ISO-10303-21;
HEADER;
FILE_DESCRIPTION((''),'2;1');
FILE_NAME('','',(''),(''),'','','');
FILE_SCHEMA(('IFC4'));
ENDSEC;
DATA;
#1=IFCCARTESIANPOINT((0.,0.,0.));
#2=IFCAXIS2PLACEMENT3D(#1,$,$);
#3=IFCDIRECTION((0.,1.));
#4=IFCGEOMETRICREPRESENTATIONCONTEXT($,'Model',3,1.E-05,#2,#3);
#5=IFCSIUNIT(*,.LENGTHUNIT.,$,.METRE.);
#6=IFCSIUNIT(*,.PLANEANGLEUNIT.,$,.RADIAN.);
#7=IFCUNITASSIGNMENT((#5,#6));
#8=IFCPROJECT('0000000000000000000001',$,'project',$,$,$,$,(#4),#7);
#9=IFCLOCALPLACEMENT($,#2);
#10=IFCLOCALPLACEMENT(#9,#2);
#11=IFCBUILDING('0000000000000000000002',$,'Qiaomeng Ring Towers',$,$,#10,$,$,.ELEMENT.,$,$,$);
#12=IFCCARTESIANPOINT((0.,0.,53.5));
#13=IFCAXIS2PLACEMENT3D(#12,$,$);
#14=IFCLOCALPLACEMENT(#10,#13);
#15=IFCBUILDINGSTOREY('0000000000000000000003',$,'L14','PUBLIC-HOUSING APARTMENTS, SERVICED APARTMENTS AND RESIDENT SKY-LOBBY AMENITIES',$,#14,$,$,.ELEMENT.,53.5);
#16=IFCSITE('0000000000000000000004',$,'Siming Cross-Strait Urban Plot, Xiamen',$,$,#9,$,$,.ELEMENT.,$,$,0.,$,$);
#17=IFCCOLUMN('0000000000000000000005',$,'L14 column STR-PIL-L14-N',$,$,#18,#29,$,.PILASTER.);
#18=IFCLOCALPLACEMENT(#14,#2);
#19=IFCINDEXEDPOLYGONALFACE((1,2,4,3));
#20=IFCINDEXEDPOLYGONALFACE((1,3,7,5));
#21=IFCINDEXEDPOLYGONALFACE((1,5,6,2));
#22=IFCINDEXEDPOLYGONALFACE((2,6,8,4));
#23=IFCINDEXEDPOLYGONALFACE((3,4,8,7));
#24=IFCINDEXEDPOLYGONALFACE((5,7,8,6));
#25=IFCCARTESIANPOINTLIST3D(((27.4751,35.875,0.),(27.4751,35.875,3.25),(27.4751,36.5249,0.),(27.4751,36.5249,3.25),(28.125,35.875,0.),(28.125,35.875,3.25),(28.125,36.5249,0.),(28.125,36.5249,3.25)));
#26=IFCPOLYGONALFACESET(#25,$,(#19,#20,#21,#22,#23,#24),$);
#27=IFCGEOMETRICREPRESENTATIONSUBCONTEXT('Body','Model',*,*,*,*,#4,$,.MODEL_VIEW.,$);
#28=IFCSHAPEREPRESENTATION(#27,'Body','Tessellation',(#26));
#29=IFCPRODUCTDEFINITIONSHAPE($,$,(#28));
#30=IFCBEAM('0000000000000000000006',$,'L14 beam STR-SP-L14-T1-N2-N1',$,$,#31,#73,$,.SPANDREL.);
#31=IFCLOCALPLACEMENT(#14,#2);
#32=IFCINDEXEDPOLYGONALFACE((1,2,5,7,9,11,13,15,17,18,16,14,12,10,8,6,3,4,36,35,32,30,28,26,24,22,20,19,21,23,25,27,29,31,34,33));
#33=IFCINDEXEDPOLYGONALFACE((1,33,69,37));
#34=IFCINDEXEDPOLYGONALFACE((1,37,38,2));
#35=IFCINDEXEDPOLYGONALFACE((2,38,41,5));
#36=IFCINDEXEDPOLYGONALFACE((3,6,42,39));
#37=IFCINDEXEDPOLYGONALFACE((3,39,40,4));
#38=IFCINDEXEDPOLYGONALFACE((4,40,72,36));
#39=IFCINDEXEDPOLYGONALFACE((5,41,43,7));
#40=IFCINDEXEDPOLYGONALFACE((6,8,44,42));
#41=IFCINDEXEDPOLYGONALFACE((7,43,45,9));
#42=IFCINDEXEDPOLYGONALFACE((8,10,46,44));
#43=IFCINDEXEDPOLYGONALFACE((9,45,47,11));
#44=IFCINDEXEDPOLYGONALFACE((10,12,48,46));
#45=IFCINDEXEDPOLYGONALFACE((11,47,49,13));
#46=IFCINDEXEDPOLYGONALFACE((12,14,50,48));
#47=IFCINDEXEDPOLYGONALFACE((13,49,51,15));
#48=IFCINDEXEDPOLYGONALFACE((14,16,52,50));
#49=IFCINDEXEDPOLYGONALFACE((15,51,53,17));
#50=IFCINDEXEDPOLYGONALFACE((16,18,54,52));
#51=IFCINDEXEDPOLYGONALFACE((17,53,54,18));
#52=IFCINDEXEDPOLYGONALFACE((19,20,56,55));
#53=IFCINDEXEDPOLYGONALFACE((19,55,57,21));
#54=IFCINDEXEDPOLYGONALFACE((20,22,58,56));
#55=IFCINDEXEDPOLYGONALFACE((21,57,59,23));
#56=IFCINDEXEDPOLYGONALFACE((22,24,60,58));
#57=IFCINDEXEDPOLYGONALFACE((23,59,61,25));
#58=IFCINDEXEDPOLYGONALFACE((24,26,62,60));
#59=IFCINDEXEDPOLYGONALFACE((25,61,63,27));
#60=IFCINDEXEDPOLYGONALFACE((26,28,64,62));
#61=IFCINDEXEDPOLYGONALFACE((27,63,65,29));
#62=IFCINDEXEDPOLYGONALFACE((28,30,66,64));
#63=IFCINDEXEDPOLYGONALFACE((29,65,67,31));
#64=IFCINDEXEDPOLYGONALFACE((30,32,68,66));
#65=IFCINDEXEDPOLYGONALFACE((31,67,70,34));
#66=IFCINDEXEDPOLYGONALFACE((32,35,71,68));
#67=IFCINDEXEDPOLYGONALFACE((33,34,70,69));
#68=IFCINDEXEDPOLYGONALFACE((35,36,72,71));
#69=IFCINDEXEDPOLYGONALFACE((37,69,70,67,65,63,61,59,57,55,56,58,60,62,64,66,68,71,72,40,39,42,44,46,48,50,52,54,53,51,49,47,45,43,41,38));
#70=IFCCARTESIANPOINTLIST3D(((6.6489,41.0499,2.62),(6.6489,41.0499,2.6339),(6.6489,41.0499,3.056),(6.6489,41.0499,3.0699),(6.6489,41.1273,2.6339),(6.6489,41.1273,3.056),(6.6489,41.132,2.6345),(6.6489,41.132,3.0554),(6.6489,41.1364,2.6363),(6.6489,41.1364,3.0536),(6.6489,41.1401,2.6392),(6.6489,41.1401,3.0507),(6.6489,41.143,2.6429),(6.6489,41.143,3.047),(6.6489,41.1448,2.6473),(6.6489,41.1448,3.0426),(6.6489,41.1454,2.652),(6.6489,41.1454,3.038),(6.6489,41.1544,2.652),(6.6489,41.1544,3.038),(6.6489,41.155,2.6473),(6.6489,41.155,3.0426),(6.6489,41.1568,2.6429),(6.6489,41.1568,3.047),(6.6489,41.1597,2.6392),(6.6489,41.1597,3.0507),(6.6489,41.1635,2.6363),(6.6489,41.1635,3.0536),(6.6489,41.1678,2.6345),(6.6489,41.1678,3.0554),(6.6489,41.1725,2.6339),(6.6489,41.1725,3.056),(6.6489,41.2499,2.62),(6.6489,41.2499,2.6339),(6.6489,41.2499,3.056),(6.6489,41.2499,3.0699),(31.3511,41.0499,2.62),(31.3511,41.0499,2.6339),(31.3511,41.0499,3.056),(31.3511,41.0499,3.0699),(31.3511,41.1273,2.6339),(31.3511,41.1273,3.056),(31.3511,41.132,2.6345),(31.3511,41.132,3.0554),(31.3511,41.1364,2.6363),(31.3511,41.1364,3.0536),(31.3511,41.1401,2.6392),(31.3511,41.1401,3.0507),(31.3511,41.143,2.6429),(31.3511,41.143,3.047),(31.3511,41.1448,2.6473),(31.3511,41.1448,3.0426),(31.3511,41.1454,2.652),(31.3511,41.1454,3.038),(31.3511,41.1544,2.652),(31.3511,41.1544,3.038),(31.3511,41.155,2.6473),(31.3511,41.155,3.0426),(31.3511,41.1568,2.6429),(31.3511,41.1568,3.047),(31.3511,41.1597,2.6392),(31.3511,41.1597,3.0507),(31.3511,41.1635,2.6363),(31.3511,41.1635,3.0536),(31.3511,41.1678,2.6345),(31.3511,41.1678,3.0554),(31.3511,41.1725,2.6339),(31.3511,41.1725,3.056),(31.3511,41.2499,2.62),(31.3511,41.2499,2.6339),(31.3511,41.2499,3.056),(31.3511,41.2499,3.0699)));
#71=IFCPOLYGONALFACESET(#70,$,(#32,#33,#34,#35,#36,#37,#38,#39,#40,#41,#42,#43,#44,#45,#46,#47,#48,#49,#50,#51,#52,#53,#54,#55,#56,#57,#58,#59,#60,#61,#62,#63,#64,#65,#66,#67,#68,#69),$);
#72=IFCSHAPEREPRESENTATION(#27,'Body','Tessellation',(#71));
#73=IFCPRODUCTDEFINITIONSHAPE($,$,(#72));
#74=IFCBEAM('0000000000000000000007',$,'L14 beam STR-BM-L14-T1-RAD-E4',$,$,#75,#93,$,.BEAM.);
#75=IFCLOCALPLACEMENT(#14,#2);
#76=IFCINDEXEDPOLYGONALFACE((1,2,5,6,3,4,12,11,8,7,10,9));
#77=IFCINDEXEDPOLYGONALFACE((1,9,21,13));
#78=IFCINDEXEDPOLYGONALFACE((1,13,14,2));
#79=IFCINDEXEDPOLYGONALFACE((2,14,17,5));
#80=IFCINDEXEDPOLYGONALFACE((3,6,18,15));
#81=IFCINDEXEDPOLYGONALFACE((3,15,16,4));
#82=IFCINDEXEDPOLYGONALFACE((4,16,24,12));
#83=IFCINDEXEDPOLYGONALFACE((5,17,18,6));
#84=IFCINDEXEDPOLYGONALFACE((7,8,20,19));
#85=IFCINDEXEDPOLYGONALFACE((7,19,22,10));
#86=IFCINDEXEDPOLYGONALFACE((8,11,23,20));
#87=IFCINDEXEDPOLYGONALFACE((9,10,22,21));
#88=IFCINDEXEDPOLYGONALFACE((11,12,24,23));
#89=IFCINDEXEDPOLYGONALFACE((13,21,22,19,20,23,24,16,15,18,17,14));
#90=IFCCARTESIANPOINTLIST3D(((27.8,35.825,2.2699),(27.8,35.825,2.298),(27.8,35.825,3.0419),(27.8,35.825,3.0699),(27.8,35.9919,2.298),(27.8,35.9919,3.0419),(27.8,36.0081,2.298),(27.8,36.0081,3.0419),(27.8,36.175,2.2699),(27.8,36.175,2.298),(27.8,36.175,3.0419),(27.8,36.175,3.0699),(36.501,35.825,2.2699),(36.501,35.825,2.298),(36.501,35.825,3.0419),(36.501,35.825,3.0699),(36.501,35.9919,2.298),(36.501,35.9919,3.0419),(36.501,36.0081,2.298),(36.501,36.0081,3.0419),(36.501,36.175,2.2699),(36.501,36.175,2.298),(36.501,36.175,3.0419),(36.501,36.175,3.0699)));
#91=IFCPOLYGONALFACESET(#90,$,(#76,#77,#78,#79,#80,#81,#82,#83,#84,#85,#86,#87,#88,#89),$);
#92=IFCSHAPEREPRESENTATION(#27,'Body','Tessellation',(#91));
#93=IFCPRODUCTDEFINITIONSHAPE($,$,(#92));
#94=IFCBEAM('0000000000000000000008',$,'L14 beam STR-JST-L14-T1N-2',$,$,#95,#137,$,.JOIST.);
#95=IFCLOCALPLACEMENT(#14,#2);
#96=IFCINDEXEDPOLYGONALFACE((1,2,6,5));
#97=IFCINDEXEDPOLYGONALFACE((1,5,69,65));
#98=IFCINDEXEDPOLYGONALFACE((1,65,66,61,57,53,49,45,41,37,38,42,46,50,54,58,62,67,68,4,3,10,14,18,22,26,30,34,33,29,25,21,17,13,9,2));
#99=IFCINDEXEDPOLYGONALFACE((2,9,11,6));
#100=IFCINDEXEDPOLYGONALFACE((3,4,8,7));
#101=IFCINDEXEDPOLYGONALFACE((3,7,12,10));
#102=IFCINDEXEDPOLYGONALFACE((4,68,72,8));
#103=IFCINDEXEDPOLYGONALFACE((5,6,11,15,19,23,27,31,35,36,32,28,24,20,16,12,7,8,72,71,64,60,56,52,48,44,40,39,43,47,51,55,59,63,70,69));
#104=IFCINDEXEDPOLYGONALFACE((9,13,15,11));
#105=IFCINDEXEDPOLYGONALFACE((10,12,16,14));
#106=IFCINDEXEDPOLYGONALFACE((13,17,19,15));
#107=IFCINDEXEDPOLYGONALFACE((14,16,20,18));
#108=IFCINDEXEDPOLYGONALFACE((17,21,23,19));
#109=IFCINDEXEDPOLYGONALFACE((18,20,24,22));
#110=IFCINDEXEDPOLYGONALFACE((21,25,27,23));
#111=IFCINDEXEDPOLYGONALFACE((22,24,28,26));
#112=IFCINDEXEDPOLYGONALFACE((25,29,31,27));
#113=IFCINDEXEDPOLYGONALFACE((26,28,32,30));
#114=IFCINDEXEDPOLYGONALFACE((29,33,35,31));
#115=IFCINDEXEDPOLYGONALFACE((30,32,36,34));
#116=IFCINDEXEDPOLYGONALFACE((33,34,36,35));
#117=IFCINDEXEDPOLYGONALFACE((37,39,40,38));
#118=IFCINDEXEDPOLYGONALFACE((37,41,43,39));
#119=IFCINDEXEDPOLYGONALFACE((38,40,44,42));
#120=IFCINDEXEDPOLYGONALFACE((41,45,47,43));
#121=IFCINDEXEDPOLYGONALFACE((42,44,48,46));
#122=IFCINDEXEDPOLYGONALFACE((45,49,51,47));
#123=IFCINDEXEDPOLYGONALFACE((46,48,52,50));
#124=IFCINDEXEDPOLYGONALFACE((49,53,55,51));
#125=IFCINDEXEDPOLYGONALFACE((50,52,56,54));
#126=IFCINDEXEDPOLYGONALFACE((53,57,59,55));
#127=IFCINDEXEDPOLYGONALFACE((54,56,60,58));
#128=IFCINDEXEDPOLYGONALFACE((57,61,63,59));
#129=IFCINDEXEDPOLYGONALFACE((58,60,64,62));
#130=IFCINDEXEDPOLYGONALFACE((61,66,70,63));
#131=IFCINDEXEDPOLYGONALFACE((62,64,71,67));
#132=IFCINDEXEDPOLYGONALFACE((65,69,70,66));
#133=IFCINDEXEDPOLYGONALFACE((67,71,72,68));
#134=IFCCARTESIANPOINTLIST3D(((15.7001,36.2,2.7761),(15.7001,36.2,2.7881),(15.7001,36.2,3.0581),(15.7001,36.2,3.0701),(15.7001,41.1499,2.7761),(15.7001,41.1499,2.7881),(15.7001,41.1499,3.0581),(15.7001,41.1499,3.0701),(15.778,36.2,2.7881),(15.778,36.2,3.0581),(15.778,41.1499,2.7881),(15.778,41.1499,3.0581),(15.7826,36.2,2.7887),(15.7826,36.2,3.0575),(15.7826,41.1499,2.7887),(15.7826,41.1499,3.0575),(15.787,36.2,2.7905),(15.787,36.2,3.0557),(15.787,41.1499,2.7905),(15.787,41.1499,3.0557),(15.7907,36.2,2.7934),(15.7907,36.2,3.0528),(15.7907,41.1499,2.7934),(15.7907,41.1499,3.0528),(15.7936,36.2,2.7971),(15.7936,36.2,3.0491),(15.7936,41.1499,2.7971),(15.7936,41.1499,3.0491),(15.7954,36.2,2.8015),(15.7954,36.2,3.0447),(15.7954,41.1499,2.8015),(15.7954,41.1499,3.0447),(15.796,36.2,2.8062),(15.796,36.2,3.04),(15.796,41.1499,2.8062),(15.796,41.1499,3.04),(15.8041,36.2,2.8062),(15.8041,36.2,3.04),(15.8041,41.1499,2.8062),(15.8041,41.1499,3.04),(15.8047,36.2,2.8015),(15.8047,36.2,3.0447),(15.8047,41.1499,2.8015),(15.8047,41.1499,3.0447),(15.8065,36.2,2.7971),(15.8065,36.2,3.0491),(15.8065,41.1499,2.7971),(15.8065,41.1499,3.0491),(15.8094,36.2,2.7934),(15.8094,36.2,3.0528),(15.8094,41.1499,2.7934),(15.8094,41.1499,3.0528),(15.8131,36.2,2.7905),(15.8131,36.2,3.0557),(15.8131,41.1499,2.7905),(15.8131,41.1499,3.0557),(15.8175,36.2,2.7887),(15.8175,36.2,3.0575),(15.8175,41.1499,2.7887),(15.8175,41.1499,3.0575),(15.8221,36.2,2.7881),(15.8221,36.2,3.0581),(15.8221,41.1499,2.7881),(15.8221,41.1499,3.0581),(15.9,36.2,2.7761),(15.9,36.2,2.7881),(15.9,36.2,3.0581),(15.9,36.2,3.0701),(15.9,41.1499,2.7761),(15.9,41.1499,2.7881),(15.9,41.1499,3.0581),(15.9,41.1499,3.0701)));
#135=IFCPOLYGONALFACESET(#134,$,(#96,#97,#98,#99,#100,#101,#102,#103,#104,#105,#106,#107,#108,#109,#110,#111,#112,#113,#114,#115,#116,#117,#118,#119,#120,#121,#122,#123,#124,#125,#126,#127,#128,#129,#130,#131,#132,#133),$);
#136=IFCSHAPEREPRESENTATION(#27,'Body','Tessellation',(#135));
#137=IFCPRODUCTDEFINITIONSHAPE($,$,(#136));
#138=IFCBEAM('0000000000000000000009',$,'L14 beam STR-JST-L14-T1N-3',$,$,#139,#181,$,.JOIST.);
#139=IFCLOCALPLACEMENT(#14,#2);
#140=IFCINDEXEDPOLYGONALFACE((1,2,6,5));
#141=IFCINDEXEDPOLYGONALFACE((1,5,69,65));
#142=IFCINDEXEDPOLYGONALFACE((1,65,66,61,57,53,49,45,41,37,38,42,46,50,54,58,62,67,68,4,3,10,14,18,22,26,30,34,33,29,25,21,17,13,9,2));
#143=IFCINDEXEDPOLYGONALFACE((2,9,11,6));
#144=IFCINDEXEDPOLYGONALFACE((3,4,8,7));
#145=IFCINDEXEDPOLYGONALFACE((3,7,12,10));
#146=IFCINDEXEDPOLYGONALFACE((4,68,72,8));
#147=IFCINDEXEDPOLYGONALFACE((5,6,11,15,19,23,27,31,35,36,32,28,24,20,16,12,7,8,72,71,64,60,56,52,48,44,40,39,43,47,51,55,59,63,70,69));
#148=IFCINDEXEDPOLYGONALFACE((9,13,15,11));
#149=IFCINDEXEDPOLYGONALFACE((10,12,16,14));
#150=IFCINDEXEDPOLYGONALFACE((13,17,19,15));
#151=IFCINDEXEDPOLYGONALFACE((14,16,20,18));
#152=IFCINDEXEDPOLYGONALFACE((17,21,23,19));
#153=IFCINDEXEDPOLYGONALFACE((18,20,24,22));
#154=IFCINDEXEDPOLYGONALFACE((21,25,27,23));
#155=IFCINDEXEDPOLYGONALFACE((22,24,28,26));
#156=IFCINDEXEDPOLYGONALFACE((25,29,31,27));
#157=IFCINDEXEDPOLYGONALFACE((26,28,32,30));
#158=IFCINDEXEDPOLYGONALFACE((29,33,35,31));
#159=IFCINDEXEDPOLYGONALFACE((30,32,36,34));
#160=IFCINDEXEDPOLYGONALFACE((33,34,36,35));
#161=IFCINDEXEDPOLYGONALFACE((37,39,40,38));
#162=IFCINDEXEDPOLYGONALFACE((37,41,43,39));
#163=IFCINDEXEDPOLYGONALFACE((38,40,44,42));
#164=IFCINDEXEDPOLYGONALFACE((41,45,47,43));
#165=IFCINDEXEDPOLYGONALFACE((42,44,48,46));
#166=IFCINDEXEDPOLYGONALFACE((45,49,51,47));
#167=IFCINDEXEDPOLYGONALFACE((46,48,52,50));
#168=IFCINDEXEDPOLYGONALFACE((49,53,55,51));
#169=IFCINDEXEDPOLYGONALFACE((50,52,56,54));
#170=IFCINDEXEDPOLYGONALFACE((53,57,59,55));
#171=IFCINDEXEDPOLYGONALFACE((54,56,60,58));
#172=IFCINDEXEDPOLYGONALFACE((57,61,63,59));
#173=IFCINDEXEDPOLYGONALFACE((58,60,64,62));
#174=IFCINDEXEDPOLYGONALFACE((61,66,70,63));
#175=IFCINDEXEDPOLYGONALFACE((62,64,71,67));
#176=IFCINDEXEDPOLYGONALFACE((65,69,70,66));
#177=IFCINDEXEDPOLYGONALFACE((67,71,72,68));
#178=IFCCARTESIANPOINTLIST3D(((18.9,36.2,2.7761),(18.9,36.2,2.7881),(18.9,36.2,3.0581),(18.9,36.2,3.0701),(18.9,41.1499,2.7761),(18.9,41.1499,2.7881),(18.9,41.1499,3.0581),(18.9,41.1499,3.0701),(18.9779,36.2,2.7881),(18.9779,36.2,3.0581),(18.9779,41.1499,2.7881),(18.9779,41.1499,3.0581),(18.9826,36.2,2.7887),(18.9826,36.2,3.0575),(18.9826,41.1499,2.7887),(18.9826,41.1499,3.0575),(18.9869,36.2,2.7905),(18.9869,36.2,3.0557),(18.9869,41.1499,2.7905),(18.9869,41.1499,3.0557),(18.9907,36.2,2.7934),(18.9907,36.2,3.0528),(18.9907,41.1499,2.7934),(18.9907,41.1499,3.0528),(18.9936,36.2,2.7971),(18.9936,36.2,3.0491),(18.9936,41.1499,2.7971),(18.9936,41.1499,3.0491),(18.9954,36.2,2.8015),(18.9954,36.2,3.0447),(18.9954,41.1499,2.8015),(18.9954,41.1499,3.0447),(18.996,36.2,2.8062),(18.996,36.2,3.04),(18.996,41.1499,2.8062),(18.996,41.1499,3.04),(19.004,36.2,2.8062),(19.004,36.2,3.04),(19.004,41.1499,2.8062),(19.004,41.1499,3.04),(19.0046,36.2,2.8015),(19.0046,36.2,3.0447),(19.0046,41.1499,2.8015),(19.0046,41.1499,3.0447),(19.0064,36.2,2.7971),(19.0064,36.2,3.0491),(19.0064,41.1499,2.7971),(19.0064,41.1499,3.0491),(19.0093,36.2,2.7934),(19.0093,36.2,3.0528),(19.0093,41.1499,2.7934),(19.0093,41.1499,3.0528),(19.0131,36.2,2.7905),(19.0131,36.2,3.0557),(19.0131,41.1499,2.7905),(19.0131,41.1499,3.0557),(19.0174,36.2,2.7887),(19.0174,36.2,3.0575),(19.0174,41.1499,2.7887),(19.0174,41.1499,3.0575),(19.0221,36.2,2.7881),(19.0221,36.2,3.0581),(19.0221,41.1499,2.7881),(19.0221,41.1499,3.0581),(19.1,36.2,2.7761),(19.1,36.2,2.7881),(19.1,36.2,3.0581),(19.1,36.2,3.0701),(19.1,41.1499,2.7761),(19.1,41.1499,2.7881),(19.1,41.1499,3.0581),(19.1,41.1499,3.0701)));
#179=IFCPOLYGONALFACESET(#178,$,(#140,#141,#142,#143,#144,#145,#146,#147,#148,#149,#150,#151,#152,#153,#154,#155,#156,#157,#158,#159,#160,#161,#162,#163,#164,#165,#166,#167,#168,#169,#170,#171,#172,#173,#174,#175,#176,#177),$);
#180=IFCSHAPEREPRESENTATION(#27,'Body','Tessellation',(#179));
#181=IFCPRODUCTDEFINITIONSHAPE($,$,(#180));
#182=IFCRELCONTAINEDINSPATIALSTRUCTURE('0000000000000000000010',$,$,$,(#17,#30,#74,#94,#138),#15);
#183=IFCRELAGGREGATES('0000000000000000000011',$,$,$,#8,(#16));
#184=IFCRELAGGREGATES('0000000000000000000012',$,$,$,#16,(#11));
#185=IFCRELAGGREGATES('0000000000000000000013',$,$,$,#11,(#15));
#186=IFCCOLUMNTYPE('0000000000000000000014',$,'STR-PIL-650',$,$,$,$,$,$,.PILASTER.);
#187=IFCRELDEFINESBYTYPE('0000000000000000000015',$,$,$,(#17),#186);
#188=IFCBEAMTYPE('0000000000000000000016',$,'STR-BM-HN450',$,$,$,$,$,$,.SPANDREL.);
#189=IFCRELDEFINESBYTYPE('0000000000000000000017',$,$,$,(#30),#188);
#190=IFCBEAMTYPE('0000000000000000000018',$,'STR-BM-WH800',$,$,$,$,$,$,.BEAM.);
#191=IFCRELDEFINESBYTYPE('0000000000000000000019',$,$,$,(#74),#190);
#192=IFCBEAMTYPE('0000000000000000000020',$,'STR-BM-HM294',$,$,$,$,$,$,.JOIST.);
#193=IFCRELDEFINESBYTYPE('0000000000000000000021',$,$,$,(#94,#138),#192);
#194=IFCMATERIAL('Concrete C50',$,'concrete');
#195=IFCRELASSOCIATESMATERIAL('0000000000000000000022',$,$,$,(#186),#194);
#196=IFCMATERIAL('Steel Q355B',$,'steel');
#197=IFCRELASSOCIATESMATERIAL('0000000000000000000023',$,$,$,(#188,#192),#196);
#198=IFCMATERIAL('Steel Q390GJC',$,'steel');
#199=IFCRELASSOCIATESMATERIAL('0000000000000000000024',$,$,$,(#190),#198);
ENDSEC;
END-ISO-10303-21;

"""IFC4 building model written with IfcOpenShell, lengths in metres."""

from ifc_helpers import new_model, si_unit, direction, frame, origin, origin_2d, place, context, subcontext, project, spatial, rectangle, i_section, extrude, source, transform, mapped, material, material_profile, profile_set, type_object, element, save


model = new_model("IFC4")

# Units and contexts
model_context = context("Model", 3, precision=1e-05, world=origin(), true_north=direction((0.0, 1.0)))
body_context = subcontext(model_context, "Body", "Model", "MODEL_VIEW")
ifc_project = project(units=[si_unit("LENGTHUNIT", "METRE"), si_unit("PLANEANGLEUNIT", "RADIAN")], contexts=[model_context])

# Site, building, storey
site_placement = place(None, origin())
site = spatial("IfcSite", under=ifc_project, at=site_placement, Name="Siming Cross-Strait Urban Plot, Xiamen", CompositionType="ELEMENT", RefElevation=0.0)
building_placement = place(site_placement, origin())
building = spatial("IfcBuilding", under=site, at=building_placement, Name="Qiaomeng Ring Towers", CompositionType="ELEMENT")
storey_placement = place(building_placement, frame((0.0, 0.0, 53.5)))
storey = spatial("IfcBuildingStorey", under=building, at=storey_placement, Name="L14", Description="PUBLIC-HOUSING APARTMENTS, SERVICED APARTMENTS AND RESIDENT SKY-LOBBY AMENITIES", CompositionType="ELEMENT", Elevation=53.5)

# Column
ifc_material_1 = material(Name="Concrete C50", Category="concrete")
ifc_material_profile_1 = material_profile(ifc_material_1, rectangle(XDim=0.6499, YDim=0.6499, at=origin_2d()), Name="RC COL 650x650")
ifc_profile_set_1 = profile_set([ifc_material_profile_1], Name="Concrete C50")
column_type = type_object("IfcColumnType", Name="STR-PIL-650", PredefinedType="PILASTER", material=ifc_profile_set_1)
shared_shape_1 = source(origin(), body_context, "Body", "SweptSolid", [
    extrude(rectangle(XDim=0.6499, YDim=0.6499, at=origin_2d()), origin(), (0.0, 0.0, 1.0), 3.25),
])
column_placement = place(storey_placement, frame((27.8, 36.2, 0.0), z_axis=(0.0, 0.0, 1.0), x_axis=(1.0, 0.0, 0.0)))
element("IfcColumn", 1, at=column_placement, inside=storey, type_object=column_type, Name="L14 column STR-PIL-L14-N", PredefinedType="PILASTER", context=body_context, shape_type="MappedRepresentation", body=[
    mapped(shared_shape_1, transform((0.0, 0.0, 0.0), x_axis=(1.0, 0.0, 0.0), y_axis=(0.0, 1.0, 0.0), z_axis=(0.0, 0.0, 1.0), scale=1.0)),
])

# Beams
ifc_material_2 = material(Name="Steel Q355B", Category="steel")
ifc_material_profile_2 = material_profile(ifc_material_2, i_section(OverallWidth=0.2, OverallDepth=0.45, WebThickness=0.009, FlangeThickness=0.0139, FilletRadius=0.0181, at=origin_2d()), Name="HN 450x200x9x14")
ifc_profile_set_2 = profile_set([ifc_material_profile_2], Name="Steel Q355B")
beam_type_1 = type_object("IfcBeamType", Name="STR-BM-HN450", PredefinedType="SPANDREL", material=ifc_profile_set_2)
shared_shape_2 = source(origin(), body_context, "Body", "SweptSolid", [
    extrude(i_section(OverallWidth=0.2, OverallDepth=0.45, WebThickness=0.009, FlangeThickness=0.0139, FilletRadius=0.0181, at=origin_2d()), origin(), (0.0, 0.0, 1.0), 24.7021),
])
beam_1_placement = place(storey_placement, frame((31.3511, 41.1499, 2.845), z_axis=(-1.0, 0.0, 0.0), x_axis=(0.0, -1.0, 0.0)))
element("IfcBeam", 2, at=beam_1_placement, inside=storey, type_object=beam_type_1, Name="L14 beam STR-SP-L14-T1-N2-N1", PredefinedType="SPANDREL", context=body_context, shape_type="MappedRepresentation", body=[
    mapped(shared_shape_2, transform((0.0, 0.0, 0.0), x_axis=(1.0, 0.0, 0.0), y_axis=(0.0, 1.0, 0.0), z_axis=(0.0, 0.0, 1.0), scale=1.0)),
])
ifc_material_3 = material(Name="Steel Q390GJC", Category="steel")
ifc_material_profile_3 = material_profile(ifc_material_3, i_section(OverallWidth=0.3501, OverallDepth=0.8, WebThickness=0.0161, FlangeThickness=0.0281, at=origin_2d()), Name="WH 800x350x16x28")
ifc_profile_set_3 = profile_set([ifc_material_profile_3], Name="Steel Q390GJC")
beam_type_2 = type_object("IfcBeamType", Name="STR-BM-WH800", PredefinedType="BEAM", material=ifc_profile_set_3)
shared_shape_3 = source(origin(), body_context, "Body", "SweptSolid", [
    extrude(i_section(OverallWidth=0.3501, OverallDepth=0.8, WebThickness=0.0161, FlangeThickness=0.0281, at=origin_2d()), origin(), (0.0, 0.0, 1.0), 8.7009),
])
beam_2_placement = place(storey_placement, frame((27.8, 36.0, 2.6699), z_axis=(1.0, 0.0, 0.0), x_axis=(0.0, 1.0, 0.0)))
element("IfcBeam", 3, at=beam_2_placement, inside=storey, type_object=beam_type_2, Name="L14 beam STR-BM-L14-T1-RAD-E4", PredefinedType="BEAM", context=body_context, shape_type="MappedRepresentation", body=[
    mapped(shared_shape_3, transform((0.0, 0.0, 0.0), x_axis=(1.0, 0.0, 0.0), y_axis=(0.0, 1.0, 0.0), z_axis=(0.0, 0.0, 1.0), scale=1.0)),
])
ifc_material_profile_4 = material_profile(ifc_material_2, i_section(OverallWidth=0.2, OverallDepth=0.2939, WebThickness=0.0081, FlangeThickness=0.012, FilletRadius=0.0181, at=origin_2d()), Name="HM 294x200x8x12")
ifc_profile_set_4 = profile_set([ifc_material_profile_4], Name="Steel Q355B")
beam_type_3 = type_object("IfcBeamType", Name="STR-BM-HM294", PredefinedType="JOIST", material=ifc_profile_set_4)
shared_shape_4 = source(origin(), body_context, "Body", "SweptSolid", [
    extrude(i_section(OverallWidth=0.2, OverallDepth=0.2939, WebThickness=0.0081, FlangeThickness=0.012, FilletRadius=0.0181, at=origin_2d()), origin(), (0.0, 0.0, 1.0), 4.95),
])
for number, where, z_axis, x_axis, name in (
    (4, (15.8, 36.2, 2.9231), (0.0, 1.0, 0.0), (-1.0, 0.0, 0.0), "L14 beam STR-JST-L14-T1N-2"),
    (5, (19.0, 36.2, 2.9231), (0.0, 1.0, 0.0), (-1.0, 0.0, 0.0), "L14 beam STR-JST-L14-T1N-3"),
):
    element("IfcBeam", number, at=place(storey_placement, frame(where, z_axis=z_axis, x_axis=x_axis)), inside=storey, type_object=beam_type_3, Name=name, PredefinedType="JOIST", context=body_context, shape_type="MappedRepresentation", body=[
        mapped(shared_shape_4, transform((0.0, 0.0, 0.0), x_axis=(1.0, 0.0, 0.0), y_axis=(0.0, 1.0, 0.0), z_axis=(0.0, 0.0, 1.0), scale=1.0)),
    ])

save(model, "model.ifc")
